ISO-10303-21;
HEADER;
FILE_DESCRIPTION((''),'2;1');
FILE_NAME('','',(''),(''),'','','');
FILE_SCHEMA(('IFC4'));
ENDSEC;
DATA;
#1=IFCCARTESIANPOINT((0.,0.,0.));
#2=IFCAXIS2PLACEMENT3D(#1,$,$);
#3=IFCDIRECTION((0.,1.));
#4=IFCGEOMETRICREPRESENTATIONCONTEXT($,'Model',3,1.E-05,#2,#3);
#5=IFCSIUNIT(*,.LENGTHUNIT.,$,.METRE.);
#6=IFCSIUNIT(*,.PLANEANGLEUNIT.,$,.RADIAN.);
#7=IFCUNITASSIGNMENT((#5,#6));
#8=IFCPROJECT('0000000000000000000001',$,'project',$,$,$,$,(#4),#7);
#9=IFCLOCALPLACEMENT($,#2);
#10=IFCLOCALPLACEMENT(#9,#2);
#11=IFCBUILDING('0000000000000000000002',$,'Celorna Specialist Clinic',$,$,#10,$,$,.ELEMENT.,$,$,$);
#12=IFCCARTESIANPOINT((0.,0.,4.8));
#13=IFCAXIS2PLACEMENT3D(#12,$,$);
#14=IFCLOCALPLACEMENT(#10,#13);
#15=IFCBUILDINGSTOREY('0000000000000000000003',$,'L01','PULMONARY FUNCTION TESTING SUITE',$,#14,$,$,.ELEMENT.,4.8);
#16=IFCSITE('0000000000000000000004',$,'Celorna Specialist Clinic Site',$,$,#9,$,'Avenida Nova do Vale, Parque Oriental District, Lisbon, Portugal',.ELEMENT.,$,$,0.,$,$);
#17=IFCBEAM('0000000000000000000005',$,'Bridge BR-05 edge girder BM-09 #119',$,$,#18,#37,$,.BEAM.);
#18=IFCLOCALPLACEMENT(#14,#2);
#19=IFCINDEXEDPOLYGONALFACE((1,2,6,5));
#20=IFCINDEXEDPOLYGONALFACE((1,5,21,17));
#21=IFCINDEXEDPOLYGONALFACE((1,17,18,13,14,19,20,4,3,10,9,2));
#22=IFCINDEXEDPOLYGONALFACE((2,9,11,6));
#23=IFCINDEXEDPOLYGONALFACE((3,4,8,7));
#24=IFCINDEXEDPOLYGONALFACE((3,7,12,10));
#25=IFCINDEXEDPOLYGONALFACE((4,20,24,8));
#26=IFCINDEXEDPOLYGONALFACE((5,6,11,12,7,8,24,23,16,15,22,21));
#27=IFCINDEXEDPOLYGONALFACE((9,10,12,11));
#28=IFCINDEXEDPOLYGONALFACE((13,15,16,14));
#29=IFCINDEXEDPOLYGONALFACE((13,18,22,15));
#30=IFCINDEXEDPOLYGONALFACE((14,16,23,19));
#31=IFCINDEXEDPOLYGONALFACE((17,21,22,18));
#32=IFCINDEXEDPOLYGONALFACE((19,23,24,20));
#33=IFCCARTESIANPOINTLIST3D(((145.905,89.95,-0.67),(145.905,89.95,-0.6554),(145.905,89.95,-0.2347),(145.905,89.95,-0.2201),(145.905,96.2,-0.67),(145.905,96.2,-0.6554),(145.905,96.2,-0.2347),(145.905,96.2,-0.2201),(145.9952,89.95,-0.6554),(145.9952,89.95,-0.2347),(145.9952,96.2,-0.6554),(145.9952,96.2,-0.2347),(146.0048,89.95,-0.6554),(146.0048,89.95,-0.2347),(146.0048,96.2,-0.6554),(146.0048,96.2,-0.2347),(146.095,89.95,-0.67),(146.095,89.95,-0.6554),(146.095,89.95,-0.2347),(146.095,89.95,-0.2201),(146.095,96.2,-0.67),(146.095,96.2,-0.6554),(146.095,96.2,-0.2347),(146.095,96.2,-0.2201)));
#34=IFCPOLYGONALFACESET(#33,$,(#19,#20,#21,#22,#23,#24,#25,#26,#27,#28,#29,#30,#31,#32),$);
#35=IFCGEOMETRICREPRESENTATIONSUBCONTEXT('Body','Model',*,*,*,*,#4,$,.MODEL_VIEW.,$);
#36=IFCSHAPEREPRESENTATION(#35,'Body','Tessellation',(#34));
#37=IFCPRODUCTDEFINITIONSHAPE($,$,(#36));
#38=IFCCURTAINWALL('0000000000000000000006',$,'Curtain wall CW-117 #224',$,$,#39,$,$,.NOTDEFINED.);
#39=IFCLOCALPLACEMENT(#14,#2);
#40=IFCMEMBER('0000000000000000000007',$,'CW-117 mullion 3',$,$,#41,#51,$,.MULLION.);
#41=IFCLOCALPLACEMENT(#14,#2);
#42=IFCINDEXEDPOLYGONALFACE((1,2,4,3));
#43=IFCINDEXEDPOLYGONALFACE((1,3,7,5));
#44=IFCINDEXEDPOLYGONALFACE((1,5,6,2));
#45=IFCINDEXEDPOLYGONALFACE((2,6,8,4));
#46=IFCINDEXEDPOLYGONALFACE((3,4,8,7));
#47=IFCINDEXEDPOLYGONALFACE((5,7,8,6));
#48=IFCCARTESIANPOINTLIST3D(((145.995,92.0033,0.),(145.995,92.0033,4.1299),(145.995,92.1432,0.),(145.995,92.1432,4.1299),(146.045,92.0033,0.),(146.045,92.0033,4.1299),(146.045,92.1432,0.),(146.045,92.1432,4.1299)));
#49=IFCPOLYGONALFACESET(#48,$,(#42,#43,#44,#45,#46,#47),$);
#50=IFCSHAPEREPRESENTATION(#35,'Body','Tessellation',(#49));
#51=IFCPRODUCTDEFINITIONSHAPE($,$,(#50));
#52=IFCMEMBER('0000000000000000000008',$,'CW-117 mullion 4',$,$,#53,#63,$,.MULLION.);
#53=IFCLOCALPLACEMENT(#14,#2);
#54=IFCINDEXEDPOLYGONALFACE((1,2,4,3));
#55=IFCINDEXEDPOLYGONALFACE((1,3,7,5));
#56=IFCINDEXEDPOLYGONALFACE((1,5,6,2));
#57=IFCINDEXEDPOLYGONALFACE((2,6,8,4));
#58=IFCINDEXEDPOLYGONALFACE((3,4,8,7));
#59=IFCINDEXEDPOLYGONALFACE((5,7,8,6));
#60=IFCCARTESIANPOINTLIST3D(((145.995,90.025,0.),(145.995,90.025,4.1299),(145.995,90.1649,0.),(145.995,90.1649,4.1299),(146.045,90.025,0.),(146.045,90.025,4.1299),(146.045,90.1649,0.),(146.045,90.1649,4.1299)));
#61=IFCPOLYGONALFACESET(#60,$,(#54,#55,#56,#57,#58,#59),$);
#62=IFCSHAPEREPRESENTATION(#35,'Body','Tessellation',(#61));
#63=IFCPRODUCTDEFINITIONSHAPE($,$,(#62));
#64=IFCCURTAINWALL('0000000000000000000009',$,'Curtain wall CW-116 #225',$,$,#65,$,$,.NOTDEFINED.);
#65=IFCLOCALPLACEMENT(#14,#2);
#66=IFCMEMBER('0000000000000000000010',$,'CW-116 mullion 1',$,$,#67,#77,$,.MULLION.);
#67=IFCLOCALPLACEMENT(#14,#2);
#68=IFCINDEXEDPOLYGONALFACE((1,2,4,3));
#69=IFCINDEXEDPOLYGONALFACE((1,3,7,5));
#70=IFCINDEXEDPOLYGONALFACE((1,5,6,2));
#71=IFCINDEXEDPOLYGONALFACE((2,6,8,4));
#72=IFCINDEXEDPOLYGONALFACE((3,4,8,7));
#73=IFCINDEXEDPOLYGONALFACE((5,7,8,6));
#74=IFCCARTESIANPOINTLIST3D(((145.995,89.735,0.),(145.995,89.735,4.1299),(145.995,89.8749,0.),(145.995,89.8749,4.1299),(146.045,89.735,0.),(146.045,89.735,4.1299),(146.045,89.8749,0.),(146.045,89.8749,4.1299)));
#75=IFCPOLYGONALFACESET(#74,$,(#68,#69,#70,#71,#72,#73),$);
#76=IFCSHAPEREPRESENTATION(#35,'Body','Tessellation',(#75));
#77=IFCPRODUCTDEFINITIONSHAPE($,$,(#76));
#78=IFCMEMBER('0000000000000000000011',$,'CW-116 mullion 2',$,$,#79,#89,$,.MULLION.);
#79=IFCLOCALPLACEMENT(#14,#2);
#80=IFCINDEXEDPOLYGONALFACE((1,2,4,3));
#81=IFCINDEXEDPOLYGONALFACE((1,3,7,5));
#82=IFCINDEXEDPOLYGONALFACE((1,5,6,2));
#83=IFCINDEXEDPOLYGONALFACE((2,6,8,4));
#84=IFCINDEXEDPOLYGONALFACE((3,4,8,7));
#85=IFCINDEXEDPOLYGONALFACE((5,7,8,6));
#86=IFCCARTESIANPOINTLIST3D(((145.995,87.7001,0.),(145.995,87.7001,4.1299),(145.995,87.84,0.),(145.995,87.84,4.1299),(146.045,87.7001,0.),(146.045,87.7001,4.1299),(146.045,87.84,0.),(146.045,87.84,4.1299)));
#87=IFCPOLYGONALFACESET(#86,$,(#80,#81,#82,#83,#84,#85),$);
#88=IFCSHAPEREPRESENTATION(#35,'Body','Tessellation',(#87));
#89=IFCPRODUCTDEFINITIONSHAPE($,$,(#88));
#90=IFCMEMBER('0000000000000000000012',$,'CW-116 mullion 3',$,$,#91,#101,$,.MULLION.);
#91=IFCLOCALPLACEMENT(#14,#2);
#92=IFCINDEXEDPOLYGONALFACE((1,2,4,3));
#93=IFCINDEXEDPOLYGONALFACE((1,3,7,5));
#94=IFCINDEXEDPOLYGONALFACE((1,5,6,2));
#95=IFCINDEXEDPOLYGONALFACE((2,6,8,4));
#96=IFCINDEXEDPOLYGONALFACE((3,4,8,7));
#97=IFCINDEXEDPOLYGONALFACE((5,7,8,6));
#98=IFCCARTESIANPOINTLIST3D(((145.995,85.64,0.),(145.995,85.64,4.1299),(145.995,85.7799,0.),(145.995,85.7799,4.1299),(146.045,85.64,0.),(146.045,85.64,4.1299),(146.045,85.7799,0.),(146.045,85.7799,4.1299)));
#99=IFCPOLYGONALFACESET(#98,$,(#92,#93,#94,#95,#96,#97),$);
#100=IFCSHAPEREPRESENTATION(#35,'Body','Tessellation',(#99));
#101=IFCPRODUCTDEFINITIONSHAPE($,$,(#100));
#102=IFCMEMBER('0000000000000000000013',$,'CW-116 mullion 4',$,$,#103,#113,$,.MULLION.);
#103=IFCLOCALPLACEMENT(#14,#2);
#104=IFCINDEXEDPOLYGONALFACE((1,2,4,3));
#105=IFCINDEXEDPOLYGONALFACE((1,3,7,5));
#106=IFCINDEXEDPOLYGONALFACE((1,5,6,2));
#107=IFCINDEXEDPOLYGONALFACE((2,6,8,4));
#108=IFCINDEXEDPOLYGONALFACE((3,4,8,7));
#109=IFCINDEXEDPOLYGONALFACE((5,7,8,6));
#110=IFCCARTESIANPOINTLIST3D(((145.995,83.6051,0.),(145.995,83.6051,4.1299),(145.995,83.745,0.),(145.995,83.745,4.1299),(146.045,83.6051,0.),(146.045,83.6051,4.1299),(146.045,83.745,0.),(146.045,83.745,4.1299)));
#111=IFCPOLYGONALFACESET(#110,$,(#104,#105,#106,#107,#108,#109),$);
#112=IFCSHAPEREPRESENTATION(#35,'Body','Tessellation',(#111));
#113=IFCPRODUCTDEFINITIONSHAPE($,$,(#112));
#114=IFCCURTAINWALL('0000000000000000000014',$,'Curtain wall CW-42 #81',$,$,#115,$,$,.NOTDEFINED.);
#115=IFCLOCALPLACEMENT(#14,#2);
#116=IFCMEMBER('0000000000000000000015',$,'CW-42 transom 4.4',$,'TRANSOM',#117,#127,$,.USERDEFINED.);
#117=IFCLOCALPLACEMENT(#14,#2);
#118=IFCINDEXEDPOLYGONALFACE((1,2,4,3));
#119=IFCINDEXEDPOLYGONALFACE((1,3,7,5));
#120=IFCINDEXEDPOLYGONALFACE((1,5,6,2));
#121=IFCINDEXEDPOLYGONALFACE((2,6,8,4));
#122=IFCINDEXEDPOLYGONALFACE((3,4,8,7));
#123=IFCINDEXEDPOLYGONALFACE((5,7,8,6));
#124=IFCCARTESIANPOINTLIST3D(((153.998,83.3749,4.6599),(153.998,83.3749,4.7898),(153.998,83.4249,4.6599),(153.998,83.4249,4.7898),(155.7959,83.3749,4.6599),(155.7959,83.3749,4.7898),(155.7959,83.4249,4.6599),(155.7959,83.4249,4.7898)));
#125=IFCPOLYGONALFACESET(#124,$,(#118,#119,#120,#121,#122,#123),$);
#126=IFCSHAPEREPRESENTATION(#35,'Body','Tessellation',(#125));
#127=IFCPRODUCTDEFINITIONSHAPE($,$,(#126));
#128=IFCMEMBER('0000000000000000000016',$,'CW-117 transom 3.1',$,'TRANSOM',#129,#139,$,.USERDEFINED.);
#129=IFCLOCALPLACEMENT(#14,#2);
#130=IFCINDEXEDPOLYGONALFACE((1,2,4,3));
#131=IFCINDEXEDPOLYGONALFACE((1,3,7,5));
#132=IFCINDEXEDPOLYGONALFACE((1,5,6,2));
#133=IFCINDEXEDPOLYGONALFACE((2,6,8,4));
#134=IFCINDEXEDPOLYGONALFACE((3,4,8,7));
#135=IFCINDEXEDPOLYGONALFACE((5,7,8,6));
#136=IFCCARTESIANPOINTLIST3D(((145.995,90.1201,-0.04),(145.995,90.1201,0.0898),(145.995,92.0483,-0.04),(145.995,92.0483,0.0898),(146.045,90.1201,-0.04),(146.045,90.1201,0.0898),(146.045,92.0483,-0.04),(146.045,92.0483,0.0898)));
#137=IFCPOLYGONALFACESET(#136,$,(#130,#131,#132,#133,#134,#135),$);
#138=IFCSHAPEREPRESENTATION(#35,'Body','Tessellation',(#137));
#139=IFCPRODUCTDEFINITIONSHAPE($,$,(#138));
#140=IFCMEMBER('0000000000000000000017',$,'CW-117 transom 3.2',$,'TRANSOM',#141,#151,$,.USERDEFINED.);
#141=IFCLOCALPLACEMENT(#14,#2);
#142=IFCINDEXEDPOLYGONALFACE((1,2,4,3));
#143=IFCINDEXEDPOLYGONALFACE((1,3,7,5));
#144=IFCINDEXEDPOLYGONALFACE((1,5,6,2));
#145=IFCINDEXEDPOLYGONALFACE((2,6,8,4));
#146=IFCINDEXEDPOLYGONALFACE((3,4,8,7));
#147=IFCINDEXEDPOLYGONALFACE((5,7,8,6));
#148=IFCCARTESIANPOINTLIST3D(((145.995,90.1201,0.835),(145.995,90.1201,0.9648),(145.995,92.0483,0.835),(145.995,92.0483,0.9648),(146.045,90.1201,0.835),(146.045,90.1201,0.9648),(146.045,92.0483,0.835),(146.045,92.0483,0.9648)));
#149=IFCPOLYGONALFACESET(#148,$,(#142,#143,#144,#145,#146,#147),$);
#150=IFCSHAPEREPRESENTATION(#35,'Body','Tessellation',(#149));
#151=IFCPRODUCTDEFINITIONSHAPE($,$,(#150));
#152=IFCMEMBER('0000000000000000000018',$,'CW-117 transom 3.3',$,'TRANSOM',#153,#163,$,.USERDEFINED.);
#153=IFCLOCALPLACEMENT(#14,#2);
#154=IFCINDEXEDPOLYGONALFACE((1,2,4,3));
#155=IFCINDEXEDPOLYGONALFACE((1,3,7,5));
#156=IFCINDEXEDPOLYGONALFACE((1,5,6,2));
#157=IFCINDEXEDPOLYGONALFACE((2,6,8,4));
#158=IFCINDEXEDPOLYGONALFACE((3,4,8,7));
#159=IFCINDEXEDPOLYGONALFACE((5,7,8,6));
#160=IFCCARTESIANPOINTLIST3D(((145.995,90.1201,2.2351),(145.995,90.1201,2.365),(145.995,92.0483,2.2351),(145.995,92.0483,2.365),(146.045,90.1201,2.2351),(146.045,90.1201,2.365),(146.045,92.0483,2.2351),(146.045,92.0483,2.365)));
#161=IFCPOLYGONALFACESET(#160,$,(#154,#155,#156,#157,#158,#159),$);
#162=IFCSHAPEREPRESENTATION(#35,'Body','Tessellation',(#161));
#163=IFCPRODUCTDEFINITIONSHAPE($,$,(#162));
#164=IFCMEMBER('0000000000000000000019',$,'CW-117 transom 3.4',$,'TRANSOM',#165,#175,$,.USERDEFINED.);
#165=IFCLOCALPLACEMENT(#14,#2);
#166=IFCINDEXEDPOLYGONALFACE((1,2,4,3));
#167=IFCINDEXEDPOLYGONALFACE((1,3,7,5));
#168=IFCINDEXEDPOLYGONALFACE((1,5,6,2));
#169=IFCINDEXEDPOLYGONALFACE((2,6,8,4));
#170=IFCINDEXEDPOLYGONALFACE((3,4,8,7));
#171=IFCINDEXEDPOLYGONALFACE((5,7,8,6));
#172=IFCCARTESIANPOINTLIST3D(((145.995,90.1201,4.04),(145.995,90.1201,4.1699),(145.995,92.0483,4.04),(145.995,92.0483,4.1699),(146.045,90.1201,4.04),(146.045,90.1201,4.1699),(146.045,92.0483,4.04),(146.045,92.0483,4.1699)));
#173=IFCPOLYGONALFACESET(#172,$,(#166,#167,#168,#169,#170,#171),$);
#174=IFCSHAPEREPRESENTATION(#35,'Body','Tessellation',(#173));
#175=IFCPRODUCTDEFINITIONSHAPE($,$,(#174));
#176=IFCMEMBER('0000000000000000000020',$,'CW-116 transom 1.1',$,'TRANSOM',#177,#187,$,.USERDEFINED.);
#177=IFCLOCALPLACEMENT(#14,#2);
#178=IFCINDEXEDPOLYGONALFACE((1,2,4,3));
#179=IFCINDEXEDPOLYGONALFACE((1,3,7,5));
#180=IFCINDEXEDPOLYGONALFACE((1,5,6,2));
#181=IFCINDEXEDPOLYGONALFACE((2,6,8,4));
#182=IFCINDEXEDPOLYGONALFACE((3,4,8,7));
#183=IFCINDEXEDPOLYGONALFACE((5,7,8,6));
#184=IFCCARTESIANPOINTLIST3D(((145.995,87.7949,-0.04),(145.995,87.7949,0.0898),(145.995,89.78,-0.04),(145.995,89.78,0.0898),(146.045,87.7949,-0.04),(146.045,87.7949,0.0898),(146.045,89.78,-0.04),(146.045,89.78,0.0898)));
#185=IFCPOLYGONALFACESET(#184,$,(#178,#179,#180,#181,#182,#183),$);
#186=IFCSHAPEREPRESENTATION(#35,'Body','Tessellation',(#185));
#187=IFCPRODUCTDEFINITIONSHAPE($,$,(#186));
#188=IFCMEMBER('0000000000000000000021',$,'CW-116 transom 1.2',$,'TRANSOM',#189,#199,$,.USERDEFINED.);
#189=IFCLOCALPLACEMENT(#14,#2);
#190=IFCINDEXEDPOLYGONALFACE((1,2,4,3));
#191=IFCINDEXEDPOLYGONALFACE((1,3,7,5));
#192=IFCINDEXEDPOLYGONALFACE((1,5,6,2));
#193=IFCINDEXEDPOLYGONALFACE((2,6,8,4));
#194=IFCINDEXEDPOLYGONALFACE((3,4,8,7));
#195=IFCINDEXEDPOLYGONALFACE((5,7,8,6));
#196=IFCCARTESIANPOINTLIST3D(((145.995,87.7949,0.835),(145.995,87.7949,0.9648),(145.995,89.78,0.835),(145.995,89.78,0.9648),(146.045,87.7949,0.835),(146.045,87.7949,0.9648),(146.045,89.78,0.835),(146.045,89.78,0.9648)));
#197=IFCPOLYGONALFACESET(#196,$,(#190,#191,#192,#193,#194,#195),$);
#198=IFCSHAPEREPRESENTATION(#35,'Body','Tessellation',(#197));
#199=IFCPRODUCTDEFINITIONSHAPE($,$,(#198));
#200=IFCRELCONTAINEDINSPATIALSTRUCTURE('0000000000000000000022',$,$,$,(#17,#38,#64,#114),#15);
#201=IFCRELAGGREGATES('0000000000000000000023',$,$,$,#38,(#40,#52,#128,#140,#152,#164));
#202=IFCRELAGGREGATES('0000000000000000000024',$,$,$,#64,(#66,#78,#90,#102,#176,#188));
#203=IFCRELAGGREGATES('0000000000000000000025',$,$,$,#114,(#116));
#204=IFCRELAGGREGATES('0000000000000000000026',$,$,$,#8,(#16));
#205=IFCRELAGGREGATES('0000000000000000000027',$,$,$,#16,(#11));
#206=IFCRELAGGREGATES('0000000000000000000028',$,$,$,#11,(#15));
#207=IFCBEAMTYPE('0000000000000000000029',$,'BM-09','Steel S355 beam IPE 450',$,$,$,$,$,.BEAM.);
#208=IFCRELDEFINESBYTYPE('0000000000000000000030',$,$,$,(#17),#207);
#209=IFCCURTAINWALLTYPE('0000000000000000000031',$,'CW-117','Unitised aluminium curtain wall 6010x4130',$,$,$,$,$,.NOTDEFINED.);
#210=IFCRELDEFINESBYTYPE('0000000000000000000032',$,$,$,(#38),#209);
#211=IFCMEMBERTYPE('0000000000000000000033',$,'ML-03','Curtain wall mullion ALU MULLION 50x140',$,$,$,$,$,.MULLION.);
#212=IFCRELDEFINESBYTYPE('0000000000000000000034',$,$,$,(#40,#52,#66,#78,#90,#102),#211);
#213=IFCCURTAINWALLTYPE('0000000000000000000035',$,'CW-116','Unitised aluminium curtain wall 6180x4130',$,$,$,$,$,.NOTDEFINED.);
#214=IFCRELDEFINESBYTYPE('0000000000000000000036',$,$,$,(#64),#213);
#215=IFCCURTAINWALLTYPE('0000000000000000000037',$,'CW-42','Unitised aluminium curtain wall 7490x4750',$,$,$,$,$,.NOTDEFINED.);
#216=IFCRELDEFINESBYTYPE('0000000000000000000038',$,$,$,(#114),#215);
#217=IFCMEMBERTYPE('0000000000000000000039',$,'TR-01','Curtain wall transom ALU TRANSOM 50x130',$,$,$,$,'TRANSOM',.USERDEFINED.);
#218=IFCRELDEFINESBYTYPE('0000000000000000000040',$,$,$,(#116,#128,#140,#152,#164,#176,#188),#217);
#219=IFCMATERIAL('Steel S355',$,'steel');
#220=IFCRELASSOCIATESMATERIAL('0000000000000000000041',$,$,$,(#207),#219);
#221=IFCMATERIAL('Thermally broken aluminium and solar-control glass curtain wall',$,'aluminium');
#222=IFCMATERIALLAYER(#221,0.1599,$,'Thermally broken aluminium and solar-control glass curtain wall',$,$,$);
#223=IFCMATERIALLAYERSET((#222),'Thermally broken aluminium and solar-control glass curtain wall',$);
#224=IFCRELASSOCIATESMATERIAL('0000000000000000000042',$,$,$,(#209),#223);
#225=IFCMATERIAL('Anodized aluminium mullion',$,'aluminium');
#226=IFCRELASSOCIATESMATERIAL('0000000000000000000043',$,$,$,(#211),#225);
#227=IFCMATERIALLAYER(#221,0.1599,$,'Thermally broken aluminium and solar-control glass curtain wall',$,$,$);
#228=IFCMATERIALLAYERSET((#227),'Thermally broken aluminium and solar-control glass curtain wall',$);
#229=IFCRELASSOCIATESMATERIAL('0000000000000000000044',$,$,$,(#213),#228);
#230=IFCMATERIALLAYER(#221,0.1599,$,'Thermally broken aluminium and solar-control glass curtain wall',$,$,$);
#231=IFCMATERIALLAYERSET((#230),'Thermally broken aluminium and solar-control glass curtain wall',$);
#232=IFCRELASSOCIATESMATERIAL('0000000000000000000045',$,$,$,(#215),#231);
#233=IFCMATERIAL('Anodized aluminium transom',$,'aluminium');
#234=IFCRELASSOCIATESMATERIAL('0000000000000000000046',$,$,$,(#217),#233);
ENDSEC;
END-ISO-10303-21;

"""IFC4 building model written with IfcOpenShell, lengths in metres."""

from ifc_helpers import new_model, si_unit, direction, frame, origin, origin_2d, place, context, subcontext, project, spatial, rectangle, i_section, extrude, material, layer, layer_set, material_profile, profile_set, type_object, element, aggregate, save


model = new_model("IFC4")

# Units and contexts
model_context = context("Model", 3, precision=1e-05, world=origin(), true_north=direction((0.0, 1.0)))
body_context = subcontext(model_context, "Body", "Model", "MODEL_VIEW")
ifc_project = project(units=[si_unit("LENGTHUNIT", "METRE"), si_unit("PLANEANGLEUNIT", "RADIAN")], contexts=[model_context])

# Site, building, storey
site_placement = place(None, origin())
site = spatial("IfcSite", under=ifc_project, at=site_placement, Name="Celorna Specialist Clinic Site", LongName="Avenida Nova do Vale, Parque Oriental District, Lisbon, Portugal", CompositionType="ELEMENT", RefElevation=0.0)
building_placement = place(site_placement, origin())
building = spatial("IfcBuilding", under=site, at=building_placement, Name="Celorna Specialist Clinic", CompositionType="ELEMENT")
storey_placement = place(building_placement, frame((0.0, 0.0, 4.8)))
storey = spatial("IfcBuildingStorey", under=building, at=storey_placement, Name="L01", Description="PULMONARY FUNCTION TESTING SUITE", CompositionType="ELEMENT", Elevation=4.8)

# Beam
ifc_material_1 = material(Name="Steel S355", Category="steel")
ifc_material_profile_1 = material_profile(ifc_material_1, i_section(OverallWidth=0.1899, OverallDepth=0.45, WebThickness=0.0095, FlangeThickness=0.0146, at=origin_2d()), Name="IPE 450")
ifc_profile_set_1 = profile_set([ifc_material_profile_1], Name="Steel S355")
beam_type = type_object("IfcBeamType", Name="BM-09", Description="Steel S355 beam IPE 450", PredefinedType="BEAM", material=ifc_profile_set_1)
beam_placement = place(storey_placement, frame((146.0, 89.95, -0.4451), z_axis=(0.0, 1.0, 0.0), x_axis=(-1.0, 0.0, 0.0)))
element("IfcBeam", 1, at=beam_placement, inside=storey, type_object=beam_type, Name="Bridge BR-05 edge girder BM-09 #119", PredefinedType="BEAM", context=body_context, shape_type="SweptSolid", body=[
    extrude(i_section(OverallWidth=0.1899, OverallDepth=0.45, WebThickness=0.0095, FlangeThickness=0.0146, at=origin_2d()), origin(), (0.0, 0.0, 1.0), 6.25),
])

# Curtain walls, members
ifc_material_2 = material(Name="Thermally broken aluminium and solar-control glass curtain wall", Category="aluminium")
ifc_layer_1 = layer(ifc_material_2, 0.1599, Name="Thermally broken aluminium and solar-control glass curtain wall")
ifc_layer_set_1 = layer_set([ifc_layer_1], Name="Thermally broken aluminium and solar-control glass curtain wall")
curtain_wall_type_1 = type_object("IfcCurtainWallType", Name="CW-117", Description="Unitised aluminium curtain wall 6010x4130", PredefinedType="NOTDEFINED", material=ifc_layer_set_1)
curtain_wall_1_placement = place(storey_placement, origin())
curtain_wall_1 = element("IfcCurtainWall", 2, at=curtain_wall_1_placement, inside=storey, type_object=curtain_wall_type_1, Name="Curtain wall CW-117 #224", PredefinedType="NOTDEFINED")
ifc_material_3 = material(Name="Anodized aluminium mullion", Category="aluminium")
ifc_material_profile_2 = material_profile(ifc_material_3, rectangle(XDim=0.05, YDim=0.1399, at=origin_2d()), Name="ALU MULLION 50x140")
ifc_profile_set_2 = profile_set([ifc_material_profile_2], Name="Anodized aluminium mullion")
member_type_1 = type_object("IfcMemberType", Name="ML-03", Description="Curtain wall mullion ALU MULLION 50x140", PredefinedType="MULLION", material=ifc_profile_set_2)
member_1_placement = place(storey_placement, frame((146.02, 92.0732, 0.0), z_axis=(0.0, 0.0, 1.0), x_axis=(1.0, 0.0, 0.0)))
member_1 = element("IfcMember", 3, at=member_1_placement, type_object=member_type_1, Name="CW-117 mullion 3", PredefinedType="MULLION", context=body_context, shape_type="SweptSolid", body=[
    extrude(rectangle(XDim=0.05, YDim=0.1399, at=origin_2d()), origin(), (0.0, 0.0, 1.0), 4.1299),
])
member_2_placement = place(storey_placement, frame((146.02, 90.095, 0.0), z_axis=(0.0, 0.0, 1.0), x_axis=(1.0, 0.0, 0.0)))
member_2 = element("IfcMember", 4, at=member_2_placement, type_object=member_type_1, Name="CW-117 mullion 4", PredefinedType="MULLION", context=body_context, shape_type="SweptSolid", body=[
    extrude(rectangle(XDim=0.05, YDim=0.1399, at=origin_2d()), origin(), (0.0, 0.0, 1.0), 4.1299),
])
ifc_layer_2 = layer(ifc_material_2, 0.1599, Name="Thermally broken aluminium and solar-control glass curtain wall")
ifc_layer_set_2 = layer_set([ifc_layer_2], Name="Thermally broken aluminium and solar-control glass curtain wall")
curtain_wall_type_2 = type_object("IfcCurtainWallType", Name="CW-116", Description="Unitised aluminium curtain wall 6180x4130", PredefinedType="NOTDEFINED", material=ifc_layer_set_2)
curtain_wall_2_placement = place(storey_placement, origin())
curtain_wall_2 = element("IfcCurtainWall", 5, at=curtain_wall_2_placement, inside=storey, type_object=curtain_wall_type_2, Name="Curtain wall CW-116 #225", PredefinedType="NOTDEFINED")
member_3_placement = place(storey_placement, frame((146.02, 89.8049, 0.0), z_axis=(0.0, 0.0, 1.0), x_axis=(1.0, 0.0, 0.0)))
member_3 = element("IfcMember", 6, at=member_3_placement, type_object=member_type_1, Name="CW-116 mullion 1", PredefinedType="MULLION", context=body_context, shape_type="SweptSolid", body=[
    extrude(rectangle(XDim=0.05, YDim=0.1399, at=origin_2d()), origin(), (0.0, 0.0, 1.0), 4.1299),
])
member_4_placement = place(storey_placement, frame((146.02, 87.77, 0.0), z_axis=(0.0, 0.0, 1.0), x_axis=(1.0, 0.0, 0.0)))
member_4 = element("IfcMember", 7, at=member_4_placement, type_object=member_type_1, Name="CW-116 mullion 2", PredefinedType="MULLION", context=body_context, shape_type="SweptSolid", body=[
    extrude(rectangle(XDim=0.05, YDim=0.1399, at=origin_2d()), origin(), (0.0, 0.0, 1.0), 4.1299),
])
member_5_placement = place(storey_placement, frame((146.02, 85.71, 0.0), z_axis=(0.0, 0.0, 1.0), x_axis=(1.0, 0.0, 0.0)))
member_5 = element("IfcMember", 8, at=member_5_placement, type_object=member_type_1, Name="CW-116 mullion 3", PredefinedType="MULLION", context=body_context, shape_type="SweptSolid", body=[
    extrude(rectangle(XDim=0.05, YDim=0.1399, at=origin_2d()), origin(), (0.0, 0.0, 1.0), 4.1299),
])
member_6_placement = place(storey_placement, frame((146.02, 83.675, 0.0), z_axis=(0.0, 0.0, 1.0), x_axis=(1.0, 0.0, 0.0)))
member_6 = element("IfcMember", 9, at=member_6_placement, type_object=member_type_1, Name="CW-116 mullion 4", PredefinedType="MULLION", context=body_context, shape_type="SweptSolid", body=[
    extrude(rectangle(XDim=0.05, YDim=0.1399, at=origin_2d()), origin(), (0.0, 0.0, 1.0), 4.1299),
])

# Curtain wall, member
ifc_layer_3 = layer(ifc_material_2, 0.1599, Name="Thermally broken aluminium and solar-control glass curtain wall")
ifc_layer_set_3 = layer_set([ifc_layer_3], Name="Thermally broken aluminium and solar-control glass curtain wall")
curtain_wall_type_3 = type_object("IfcCurtainWallType", Name="CW-42", Description="Unitised aluminium curtain wall 7490x4750", PredefinedType="NOTDEFINED", material=ifc_layer_set_3)
curtain_wall_3_placement = place(storey_placement, origin())
curtain_wall_3 = element("IfcCurtainWall", 10, at=curtain_wall_3_placement, inside=storey, type_object=curtain_wall_type_3, Name="Curtain wall CW-42 #81", PredefinedType="NOTDEFINED")
ifc_material_4 = material(Name="Anodized aluminium transom", Category="aluminium")
ifc_material_profile_3 = material_profile(ifc_material_4, rectangle(XDim=0.05, YDim=0.1299, at=origin_2d()), Name="ALU TRANSOM 50x130")
ifc_profile_set_3 = profile_set([ifc_material_profile_3], Name="Anodized aluminium transom")
member_type_2 = type_object("IfcMemberType", Name="TR-01", Description="Curtain wall transom ALU TRANSOM 50x130", ElementType="TRANSOM", PredefinedType="USERDEFINED", material=ifc_profile_set_3)
member_7_placement = place(storey_placement, frame((153.998, 83.3999, 4.7249), z_axis=(1.0, 0.0, 0.0), x_axis=(0.0, 1.0, 0.0)))
member_7 = element("IfcMember", 11, at=member_7_placement, type_object=member_type_2, Name="CW-42 transom 4.4", ObjectType="TRANSOM", PredefinedType="USERDEFINED", context=body_context, shape_type="SweptSolid", body=[
    extrude(rectangle(XDim=0.05, YDim=0.1299, at=origin_2d()), origin(), (0.0, 0.0, 1.0), 1.7979),
])

# Members
member_8_placement = place(storey_placement, frame((146.02, 92.0483, 0.0249), z_axis=(0.0, -1.0, 0.0), x_axis=(1.0, 0.0, 0.0)))
member_8 = element("IfcMember", 12, at=member_8_placement, type_object=member_type_2, Name="CW-117 transom 3.1", ObjectType="TRANSOM", PredefinedType="USERDEFINED", context=body_context, shape_type="SweptSolid", body=[
    extrude(rectangle(XDim=0.05, YDim=0.1299, at=origin_2d()), origin(), (0.0, 0.0, 1.0), 1.9282),
])
member_9_placement = place(storey_placement, frame((146.02, 92.0483, 0.8999), z_axis=(0.0, -1.0, 0.0), x_axis=(1.0, 0.0, 0.0)))
member_9 = element("IfcMember", 13, at=member_9_placement, type_object=member_type_2, Name="CW-117 transom 3.2", ObjectType="TRANSOM", PredefinedType="USERDEFINED", context=body_context, shape_type="SweptSolid", body=[
    extrude(rectangle(XDim=0.05, YDim=0.1299, at=origin_2d()), origin(), (0.0, 0.0, 1.0), 1.9282),
])
member_10_placement = place(storey_placement, frame((146.02, 92.0483, 2.3), z_axis=(0.0, -1.0, 0.0), x_axis=(1.0, 0.0, 0.0)))
member_10 = element("IfcMember", 14, at=member_10_placement, type_object=member_type_2, Name="CW-117 transom 3.3", ObjectType="TRANSOM", PredefinedType="USERDEFINED", context=body_context, shape_type="SweptSolid", body=[
    extrude(rectangle(XDim=0.05, YDim=0.1299, at=origin_2d()), origin(), (0.0, 0.0, 1.0), 1.9282),
])
member_11_placement = place(storey_placement, frame((146.02, 92.0483, 4.105), z_axis=(0.0, -1.0, 0.0), x_axis=(1.0, 0.0, 0.0)))
member_11 = element("IfcMember", 15, at=member_11_placement, type_object=member_type_2, Name="CW-117 transom 3.4", ObjectType="TRANSOM", PredefinedType="USERDEFINED", context=body_context, shape_type="SweptSolid", body=[
    extrude(rectangle(XDim=0.05, YDim=0.1299, at=origin_2d()), origin(), (0.0, 0.0, 1.0), 1.9282),
])
member_12_placement = place(storey_placement, frame((146.02, 89.78, 0.0249), z_axis=(0.0, -1.0, 0.0), x_axis=(1.0, 0.0, 0.0)))
member_12 = element("IfcMember", 16, at=member_12_placement, type_object=member_type_2, Name="CW-116 transom 1.1", ObjectType="TRANSOM", PredefinedType="USERDEFINED", context=body_context, shape_type="SweptSolid", body=[
    extrude(rectangle(XDim=0.05, YDim=0.1299, at=origin_2d()), origin(), (0.0, 0.0, 1.0), 1.9851),
])
member_13_placement = place(storey_placement, frame((146.02, 89.78, 0.8999), z_axis=(0.0, -1.0, 0.0), x_axis=(1.0, 0.0, 0.0)))
member_13 = element("IfcMember", 17, at=member_13_placement, type_object=member_type_2, Name="CW-116 transom 1.2", ObjectType="TRANSOM", PredefinedType="USERDEFINED", context=body_context, shape_type="SweptSolid", body=[
    extrude(rectangle(XDim=0.05, YDim=0.1299, at=origin_2d()), origin(), (0.0, 0.0, 1.0), 1.9851),
])

aggregate(curtain_wall_1, [member_1, member_2, member_8, member_9, member_10, member_11])
aggregate(curtain_wall_2, [member_3, member_4, member_5, member_6, member_12, member_13])
aggregate(curtain_wall_3, [member_7])

save(model, "model.ifc")
